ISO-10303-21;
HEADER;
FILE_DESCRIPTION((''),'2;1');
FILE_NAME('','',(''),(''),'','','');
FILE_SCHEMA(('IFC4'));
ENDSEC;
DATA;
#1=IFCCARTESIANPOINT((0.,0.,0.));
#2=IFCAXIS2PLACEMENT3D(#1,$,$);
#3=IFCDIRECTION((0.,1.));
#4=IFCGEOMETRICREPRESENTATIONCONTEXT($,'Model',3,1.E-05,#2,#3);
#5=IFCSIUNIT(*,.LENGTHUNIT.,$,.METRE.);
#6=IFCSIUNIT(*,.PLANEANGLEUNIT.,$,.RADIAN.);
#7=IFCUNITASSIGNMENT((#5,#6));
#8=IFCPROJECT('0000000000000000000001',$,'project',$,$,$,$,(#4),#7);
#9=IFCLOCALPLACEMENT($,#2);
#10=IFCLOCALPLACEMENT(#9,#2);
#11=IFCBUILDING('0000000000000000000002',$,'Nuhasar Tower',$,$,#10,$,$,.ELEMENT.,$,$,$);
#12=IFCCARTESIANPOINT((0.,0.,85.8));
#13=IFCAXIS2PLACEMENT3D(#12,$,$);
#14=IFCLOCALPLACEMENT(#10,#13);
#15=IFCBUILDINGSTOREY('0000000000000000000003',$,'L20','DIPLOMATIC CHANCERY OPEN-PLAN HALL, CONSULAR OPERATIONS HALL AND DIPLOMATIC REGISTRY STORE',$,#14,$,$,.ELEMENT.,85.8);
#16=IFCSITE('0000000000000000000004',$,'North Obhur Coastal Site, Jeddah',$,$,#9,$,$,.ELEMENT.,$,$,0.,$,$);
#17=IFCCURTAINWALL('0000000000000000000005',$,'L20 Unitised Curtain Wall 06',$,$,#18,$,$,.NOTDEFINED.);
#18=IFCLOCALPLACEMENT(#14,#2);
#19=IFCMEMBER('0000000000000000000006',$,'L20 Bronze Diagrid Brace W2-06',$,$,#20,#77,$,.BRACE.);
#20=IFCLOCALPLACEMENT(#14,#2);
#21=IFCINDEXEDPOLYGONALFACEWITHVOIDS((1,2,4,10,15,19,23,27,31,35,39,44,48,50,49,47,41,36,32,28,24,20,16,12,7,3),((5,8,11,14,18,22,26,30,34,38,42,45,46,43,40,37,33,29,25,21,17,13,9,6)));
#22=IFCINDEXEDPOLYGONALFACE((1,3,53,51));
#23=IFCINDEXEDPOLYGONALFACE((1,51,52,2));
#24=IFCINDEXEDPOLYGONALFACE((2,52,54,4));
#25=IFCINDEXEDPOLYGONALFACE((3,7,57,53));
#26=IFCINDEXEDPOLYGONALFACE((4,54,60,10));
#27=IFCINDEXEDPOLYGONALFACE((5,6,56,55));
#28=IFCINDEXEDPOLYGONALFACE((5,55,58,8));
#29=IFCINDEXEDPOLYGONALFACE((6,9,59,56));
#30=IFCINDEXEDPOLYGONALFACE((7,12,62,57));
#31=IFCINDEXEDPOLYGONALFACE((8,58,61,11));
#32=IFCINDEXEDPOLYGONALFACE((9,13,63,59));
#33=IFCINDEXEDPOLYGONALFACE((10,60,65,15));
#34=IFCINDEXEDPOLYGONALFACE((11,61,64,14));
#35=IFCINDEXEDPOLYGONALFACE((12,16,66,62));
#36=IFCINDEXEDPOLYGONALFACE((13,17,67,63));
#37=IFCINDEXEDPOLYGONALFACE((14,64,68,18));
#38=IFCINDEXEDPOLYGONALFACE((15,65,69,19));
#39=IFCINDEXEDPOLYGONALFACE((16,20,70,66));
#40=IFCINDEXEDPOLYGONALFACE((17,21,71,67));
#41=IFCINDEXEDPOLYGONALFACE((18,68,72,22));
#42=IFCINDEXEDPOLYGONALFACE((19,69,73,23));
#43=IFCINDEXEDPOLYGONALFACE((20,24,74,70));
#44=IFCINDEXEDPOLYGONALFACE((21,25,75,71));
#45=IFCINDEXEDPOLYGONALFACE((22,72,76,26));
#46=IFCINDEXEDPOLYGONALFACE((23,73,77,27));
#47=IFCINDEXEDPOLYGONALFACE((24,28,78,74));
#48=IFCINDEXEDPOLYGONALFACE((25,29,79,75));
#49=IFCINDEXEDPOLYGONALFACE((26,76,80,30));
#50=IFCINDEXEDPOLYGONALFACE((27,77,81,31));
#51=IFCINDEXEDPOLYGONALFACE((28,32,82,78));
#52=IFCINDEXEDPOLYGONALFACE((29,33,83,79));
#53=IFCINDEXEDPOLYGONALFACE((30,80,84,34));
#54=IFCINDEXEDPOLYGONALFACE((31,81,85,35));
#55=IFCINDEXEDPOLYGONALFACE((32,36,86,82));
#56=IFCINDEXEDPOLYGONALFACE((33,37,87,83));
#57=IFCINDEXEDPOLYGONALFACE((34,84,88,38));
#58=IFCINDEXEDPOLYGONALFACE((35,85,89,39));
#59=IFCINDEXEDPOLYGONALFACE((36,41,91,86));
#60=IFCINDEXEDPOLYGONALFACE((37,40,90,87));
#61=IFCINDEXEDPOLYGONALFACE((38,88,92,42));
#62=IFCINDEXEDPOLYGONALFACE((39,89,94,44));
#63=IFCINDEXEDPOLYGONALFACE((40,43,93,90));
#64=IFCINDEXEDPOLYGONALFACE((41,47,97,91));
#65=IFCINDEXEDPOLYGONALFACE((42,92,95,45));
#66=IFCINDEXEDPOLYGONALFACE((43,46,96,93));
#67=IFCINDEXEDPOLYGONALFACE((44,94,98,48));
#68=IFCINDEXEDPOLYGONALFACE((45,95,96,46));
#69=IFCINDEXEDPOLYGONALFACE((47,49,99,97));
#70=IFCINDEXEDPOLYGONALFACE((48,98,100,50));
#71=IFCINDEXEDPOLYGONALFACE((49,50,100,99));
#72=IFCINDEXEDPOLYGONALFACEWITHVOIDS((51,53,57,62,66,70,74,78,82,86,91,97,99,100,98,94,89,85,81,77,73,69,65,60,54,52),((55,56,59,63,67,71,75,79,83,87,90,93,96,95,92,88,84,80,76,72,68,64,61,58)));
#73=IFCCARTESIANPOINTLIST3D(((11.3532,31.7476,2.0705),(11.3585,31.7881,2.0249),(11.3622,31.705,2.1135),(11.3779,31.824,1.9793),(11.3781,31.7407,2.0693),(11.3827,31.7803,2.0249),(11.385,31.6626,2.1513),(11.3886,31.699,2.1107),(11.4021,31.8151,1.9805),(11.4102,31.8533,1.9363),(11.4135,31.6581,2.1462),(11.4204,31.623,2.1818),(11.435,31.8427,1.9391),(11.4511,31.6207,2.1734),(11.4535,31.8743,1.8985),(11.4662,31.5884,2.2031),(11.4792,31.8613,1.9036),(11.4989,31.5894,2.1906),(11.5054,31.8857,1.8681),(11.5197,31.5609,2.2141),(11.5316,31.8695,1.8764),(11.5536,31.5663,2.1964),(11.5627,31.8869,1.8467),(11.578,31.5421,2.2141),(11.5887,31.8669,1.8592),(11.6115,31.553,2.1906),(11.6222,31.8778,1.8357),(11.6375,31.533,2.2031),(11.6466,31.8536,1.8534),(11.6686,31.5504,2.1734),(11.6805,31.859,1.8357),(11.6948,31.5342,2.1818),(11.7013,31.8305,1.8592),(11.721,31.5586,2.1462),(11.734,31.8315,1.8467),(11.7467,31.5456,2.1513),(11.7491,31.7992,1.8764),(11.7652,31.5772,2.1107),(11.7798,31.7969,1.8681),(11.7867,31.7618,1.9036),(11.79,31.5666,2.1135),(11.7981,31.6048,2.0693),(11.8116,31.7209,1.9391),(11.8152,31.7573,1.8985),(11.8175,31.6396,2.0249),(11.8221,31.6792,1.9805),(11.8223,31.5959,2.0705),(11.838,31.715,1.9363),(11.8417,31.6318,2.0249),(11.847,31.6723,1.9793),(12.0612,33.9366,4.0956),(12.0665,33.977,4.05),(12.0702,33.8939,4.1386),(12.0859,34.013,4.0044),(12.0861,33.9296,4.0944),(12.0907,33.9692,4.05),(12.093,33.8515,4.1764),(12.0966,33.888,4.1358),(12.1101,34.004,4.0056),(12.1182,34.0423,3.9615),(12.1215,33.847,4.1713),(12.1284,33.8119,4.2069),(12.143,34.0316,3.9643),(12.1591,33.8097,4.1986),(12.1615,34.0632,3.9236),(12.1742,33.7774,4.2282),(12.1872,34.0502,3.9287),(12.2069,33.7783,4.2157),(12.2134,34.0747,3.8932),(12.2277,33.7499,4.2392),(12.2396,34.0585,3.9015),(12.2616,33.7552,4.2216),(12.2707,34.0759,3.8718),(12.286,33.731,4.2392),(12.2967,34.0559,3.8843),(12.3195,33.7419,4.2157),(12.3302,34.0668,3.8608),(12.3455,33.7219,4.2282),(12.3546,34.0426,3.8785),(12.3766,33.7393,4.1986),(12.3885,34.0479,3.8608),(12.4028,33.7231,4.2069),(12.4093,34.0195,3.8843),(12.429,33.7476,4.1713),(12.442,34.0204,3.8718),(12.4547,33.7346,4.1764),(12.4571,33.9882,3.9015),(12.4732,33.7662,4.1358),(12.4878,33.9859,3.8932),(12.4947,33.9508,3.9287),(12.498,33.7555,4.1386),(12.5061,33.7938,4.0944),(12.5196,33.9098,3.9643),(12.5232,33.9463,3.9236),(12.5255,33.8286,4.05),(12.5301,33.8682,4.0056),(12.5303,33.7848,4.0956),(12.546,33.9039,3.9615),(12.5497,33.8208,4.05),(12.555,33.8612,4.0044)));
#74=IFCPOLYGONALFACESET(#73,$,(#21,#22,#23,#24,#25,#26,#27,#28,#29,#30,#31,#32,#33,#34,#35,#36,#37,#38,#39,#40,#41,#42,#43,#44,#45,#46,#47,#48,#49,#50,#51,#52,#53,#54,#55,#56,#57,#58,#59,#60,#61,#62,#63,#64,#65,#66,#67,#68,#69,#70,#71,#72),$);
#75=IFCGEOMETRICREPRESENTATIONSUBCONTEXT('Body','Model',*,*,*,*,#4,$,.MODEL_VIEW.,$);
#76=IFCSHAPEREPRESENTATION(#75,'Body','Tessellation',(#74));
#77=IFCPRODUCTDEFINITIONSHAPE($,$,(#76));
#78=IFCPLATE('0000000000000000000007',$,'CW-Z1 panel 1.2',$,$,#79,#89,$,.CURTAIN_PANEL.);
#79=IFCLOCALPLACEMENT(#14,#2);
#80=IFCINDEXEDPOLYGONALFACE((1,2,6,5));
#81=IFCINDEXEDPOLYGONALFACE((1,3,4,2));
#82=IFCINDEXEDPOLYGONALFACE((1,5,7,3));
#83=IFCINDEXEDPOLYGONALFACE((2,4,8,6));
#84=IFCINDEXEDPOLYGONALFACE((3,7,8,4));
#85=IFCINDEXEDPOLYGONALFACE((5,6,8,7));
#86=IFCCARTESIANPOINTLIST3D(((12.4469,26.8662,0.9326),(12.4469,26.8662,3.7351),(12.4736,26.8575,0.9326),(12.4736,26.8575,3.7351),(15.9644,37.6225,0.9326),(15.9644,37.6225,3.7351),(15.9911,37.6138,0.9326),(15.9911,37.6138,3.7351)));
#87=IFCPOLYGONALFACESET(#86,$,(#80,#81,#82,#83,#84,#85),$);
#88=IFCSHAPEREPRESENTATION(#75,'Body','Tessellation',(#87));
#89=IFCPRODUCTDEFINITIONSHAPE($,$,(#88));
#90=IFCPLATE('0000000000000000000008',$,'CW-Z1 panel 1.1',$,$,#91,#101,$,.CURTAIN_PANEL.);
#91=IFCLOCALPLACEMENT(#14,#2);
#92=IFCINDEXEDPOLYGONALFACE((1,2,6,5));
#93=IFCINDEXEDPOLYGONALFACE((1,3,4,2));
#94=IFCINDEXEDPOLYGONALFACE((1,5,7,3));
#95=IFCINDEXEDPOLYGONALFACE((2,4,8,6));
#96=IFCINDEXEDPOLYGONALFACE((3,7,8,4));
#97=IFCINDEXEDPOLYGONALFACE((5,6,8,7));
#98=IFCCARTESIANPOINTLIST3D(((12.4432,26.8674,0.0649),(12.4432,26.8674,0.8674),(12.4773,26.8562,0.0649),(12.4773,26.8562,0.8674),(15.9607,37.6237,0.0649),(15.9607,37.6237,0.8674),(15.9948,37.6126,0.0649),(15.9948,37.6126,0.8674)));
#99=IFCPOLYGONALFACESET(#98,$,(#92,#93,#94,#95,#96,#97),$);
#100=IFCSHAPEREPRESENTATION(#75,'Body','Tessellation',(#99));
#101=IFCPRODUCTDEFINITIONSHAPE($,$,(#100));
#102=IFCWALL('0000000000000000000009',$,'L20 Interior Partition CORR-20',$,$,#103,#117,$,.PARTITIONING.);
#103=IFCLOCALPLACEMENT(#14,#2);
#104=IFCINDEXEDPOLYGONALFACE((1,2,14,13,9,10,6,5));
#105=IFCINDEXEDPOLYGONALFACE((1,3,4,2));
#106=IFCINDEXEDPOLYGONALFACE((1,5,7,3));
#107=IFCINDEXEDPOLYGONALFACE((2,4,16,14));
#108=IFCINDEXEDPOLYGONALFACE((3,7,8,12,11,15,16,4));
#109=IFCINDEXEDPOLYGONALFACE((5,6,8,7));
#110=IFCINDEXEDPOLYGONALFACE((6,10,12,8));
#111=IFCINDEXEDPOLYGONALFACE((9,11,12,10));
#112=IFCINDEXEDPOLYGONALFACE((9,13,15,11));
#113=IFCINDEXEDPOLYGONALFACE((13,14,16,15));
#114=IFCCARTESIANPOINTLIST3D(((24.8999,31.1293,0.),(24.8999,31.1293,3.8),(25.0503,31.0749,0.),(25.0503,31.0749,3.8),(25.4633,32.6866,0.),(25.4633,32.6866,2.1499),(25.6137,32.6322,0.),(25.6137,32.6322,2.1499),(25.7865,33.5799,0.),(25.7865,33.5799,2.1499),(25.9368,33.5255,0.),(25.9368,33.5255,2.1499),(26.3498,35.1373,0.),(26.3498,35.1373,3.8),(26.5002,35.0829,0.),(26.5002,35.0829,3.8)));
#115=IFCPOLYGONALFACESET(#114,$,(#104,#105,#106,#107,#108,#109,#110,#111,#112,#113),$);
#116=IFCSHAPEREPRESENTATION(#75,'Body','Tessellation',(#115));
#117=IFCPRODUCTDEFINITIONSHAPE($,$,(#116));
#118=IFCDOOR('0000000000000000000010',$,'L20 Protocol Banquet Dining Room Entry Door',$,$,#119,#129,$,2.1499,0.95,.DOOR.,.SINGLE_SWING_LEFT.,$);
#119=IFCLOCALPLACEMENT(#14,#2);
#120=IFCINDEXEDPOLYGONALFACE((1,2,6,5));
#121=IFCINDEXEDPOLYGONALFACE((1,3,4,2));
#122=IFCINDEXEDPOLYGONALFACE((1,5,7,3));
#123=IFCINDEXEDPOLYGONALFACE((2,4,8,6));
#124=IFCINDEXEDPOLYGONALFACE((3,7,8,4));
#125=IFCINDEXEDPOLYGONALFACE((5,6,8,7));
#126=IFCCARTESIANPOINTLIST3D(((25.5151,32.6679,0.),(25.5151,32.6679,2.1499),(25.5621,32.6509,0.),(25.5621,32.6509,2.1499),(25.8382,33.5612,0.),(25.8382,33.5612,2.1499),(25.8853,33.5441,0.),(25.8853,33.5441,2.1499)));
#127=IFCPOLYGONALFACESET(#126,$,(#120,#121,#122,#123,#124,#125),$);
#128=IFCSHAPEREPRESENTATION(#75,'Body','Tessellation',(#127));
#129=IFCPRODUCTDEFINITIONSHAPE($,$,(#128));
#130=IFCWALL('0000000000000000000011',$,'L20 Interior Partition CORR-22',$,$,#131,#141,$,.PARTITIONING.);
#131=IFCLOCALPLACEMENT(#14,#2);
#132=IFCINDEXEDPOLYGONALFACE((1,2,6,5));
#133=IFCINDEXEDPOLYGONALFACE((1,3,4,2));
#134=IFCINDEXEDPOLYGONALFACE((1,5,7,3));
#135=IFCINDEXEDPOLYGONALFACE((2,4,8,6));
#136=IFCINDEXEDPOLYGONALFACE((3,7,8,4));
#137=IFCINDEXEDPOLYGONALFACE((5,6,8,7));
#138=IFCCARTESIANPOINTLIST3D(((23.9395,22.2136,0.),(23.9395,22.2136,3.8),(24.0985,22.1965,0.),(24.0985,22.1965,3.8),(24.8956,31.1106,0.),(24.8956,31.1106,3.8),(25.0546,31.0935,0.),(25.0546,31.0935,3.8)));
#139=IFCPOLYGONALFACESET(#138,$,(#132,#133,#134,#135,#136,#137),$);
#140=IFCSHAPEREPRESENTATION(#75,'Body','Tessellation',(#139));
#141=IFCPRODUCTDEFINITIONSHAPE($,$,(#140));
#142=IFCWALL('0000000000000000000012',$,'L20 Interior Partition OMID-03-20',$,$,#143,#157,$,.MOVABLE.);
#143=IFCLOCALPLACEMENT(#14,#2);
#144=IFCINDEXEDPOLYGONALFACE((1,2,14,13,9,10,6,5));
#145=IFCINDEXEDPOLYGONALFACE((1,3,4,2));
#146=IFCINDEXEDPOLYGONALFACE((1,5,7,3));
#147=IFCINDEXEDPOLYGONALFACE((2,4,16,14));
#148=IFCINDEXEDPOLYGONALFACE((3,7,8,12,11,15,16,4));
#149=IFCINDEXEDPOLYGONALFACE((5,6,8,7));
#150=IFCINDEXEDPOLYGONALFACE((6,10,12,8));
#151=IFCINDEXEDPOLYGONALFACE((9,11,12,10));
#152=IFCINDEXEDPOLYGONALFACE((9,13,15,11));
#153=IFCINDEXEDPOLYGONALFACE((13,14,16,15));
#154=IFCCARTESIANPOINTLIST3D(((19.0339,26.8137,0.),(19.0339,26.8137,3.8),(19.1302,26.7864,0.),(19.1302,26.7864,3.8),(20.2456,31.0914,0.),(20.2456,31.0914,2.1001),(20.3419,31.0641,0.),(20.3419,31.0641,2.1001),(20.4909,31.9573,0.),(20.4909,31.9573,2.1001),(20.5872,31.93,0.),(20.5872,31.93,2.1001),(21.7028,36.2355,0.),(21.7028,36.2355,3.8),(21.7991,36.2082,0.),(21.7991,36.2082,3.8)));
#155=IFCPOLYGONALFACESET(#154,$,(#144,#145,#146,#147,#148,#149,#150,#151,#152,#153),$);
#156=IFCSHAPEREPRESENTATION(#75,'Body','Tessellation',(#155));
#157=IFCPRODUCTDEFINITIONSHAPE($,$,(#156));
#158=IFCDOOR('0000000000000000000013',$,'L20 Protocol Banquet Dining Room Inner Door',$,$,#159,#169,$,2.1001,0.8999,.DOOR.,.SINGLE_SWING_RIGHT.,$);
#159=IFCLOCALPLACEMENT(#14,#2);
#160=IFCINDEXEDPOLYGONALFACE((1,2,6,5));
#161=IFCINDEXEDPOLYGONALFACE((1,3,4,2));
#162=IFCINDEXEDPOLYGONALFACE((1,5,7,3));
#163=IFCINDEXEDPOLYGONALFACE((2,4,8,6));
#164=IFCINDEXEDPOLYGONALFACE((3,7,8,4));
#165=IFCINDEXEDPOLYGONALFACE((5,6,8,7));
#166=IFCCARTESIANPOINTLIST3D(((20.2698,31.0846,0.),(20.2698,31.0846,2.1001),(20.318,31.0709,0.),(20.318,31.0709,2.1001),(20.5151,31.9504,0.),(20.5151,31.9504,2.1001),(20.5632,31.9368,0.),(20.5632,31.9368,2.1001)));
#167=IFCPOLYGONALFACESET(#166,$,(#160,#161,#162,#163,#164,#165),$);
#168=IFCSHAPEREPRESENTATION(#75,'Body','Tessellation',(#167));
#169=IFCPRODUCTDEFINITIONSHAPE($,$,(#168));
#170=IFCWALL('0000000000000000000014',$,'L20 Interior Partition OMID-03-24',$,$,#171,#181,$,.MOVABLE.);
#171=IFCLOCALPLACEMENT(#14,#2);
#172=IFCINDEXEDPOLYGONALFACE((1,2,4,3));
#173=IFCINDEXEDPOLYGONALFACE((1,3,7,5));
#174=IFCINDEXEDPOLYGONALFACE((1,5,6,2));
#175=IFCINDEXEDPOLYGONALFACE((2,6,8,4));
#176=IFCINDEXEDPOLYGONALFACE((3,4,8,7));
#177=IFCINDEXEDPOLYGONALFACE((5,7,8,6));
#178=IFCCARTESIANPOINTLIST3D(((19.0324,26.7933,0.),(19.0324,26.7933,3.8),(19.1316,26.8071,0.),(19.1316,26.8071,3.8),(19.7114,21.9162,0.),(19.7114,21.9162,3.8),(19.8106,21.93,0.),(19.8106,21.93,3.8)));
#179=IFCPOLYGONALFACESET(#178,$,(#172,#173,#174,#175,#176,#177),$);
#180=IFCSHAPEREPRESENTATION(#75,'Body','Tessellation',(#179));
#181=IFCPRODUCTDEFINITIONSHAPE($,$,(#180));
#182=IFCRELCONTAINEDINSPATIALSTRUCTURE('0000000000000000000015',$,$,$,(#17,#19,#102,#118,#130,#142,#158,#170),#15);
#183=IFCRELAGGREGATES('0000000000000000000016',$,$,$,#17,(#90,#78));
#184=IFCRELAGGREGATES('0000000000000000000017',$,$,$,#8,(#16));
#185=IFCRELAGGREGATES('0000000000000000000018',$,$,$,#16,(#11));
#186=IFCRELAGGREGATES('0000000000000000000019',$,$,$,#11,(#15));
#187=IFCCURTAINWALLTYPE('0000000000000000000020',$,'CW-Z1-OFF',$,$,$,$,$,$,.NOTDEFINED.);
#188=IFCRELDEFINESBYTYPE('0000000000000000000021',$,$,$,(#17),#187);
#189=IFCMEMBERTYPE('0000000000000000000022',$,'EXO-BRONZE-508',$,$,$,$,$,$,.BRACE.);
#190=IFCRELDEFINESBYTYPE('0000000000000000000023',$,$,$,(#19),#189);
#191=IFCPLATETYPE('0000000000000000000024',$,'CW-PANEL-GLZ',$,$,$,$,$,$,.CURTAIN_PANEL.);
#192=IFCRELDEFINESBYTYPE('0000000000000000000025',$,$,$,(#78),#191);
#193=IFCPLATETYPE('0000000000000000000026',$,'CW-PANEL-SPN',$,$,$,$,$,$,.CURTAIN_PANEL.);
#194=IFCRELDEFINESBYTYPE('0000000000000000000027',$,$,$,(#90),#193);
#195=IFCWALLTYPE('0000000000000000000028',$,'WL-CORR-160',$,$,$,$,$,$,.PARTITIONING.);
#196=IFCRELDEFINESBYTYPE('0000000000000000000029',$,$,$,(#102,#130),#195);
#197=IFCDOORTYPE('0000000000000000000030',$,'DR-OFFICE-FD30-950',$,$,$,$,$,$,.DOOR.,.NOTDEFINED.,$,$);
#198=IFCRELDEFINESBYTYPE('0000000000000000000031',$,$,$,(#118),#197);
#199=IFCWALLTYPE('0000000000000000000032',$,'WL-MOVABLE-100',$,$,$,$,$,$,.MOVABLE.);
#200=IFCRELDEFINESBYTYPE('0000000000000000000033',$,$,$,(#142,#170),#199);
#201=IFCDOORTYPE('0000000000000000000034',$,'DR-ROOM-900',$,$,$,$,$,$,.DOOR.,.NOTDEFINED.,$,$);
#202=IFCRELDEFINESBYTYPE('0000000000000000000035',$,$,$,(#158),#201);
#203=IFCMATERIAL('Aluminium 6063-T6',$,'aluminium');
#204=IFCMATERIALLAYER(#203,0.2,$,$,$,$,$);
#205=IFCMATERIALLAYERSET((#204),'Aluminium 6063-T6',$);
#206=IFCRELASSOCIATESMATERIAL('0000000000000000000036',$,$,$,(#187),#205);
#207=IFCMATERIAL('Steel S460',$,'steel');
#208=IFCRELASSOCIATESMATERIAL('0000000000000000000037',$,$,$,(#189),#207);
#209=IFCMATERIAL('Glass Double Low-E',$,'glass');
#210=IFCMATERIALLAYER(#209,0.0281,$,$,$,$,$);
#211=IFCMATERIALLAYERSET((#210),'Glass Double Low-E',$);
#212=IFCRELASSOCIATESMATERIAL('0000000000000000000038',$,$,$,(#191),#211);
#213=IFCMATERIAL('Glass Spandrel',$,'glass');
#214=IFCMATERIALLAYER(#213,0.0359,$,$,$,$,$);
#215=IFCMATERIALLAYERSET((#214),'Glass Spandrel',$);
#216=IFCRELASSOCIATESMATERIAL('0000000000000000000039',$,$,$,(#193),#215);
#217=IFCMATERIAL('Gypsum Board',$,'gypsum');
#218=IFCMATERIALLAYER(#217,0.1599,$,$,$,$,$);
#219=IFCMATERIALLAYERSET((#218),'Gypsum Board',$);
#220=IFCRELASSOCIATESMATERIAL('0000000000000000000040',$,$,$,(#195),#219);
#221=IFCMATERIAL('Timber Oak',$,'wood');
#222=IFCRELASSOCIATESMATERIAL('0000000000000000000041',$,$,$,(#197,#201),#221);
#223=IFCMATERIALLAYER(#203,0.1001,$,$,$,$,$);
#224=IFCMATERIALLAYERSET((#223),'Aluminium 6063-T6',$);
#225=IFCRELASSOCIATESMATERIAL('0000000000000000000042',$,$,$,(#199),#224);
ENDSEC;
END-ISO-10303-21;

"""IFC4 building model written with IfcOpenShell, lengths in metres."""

from ifc_helpers import new_model, si_unit, direction, frame, frame_2d, origin, origin_2d, place, context, subcontext, project, spatial, rectangle, hollow_circle, extrude, material, layer, layer_set, material_profile, profile_set, type_object, element, fill, aggregate, save


model = new_model("IFC4")

# Units and contexts
model_context = context("Model", 3, precision=1e-05, world=origin(), true_north=direction((0.0, 1.0)))
body_context = subcontext(model_context, "Body", "Model", "MODEL_VIEW")
ifc_project = project(units=[si_unit("LENGTHUNIT", "METRE"), si_unit("PLANEANGLEUNIT", "RADIAN")], contexts=[model_context])

# Site, building, storey
site_placement = place(None, origin())
site = spatial("IfcSite", under=ifc_project, at=site_placement, Name="North Obhur Coastal Site, Jeddah", CompositionType="ELEMENT", RefElevation=0.0)
building_placement = place(site_placement, origin())
building = spatial("IfcBuilding", under=site, at=building_placement, Name="Nuhasar Tower", CompositionType="ELEMENT")
storey_placement = place(building_placement, frame((0.0, 0.0, 85.8)))
storey = spatial("IfcBuildingStorey", under=building, at=storey_placement, Name="L20", Description="DIPLOMATIC CHANCERY OPEN-PLAN HALL, CONSULAR OPERATIONS HALL AND DIPLOMATIC REGISTRY STORE", CompositionType="ELEMENT", Elevation=85.8)

# Curtain wall
ifc_material_1 = material(Name="Aluminium 6063-T6", Category="aluminium")
ifc_layer_1 = layer(ifc_material_1, 0.2)
ifc_layer_set_1 = layer_set([ifc_layer_1], Name="Aluminium 6063-T6")
curtain_wall_type = type_object("IfcCurtainWallType", Name="CW-Z1-OFF", PredefinedType="NOTDEFINED", material=ifc_layer_set_1)
curtain_wall_placement = place(storey_placement, origin())
curtain_wall = element("IfcCurtainWall", 1, at=curtain_wall_placement, inside=storey, type_object=curtain_wall_type, Name="L20 Unitised Curtain Wall 06", PredefinedType="NOTDEFINED")

# Member
ifc_material_2 = material(Name="Steel S460", Category="steel")
ifc_material_profile_1 = material_profile(ifc_material_2, hollow_circle(Radius=0.2539, WallThickness=0.0254, at=origin_2d()), Name="HSS508X25.4")
ifc_profile_set_1 = profile_set([ifc_material_profile_1], Name="Steel S460")
member_type_1 = type_object("IfcMemberType", Name="EXO-BRONZE-508", PredefinedType="BRACE", material=ifc_profile_set_1)
member_1_placement = place(storey_placement, frame((11.6001, 31.71, 2.0249), z_axis=(0.231, 0.714187, 0.660739), x_axis=(-0.951468, 0.307747, 0.0)))
element("IfcMember", 2, at=member_1_placement, inside=storey, type_object=member_type_1, Name="L20 Bronze Diagrid Brace W2-06", PredefinedType="BRACE", context=body_context, shape_type="SweptSolid", body=[
    extrude(hollow_circle(Radius=0.2539, WallThickness=0.0254, at=origin_2d()), origin(), (0.0, 0.0, 1.0), 3.0649),
])

# Plates
ifc_material_3 = material(Name="Glass Double Low-E", Category="glass")
ifc_layer_2 = layer(ifc_material_3, 0.0281)
ifc_layer_set_2 = layer_set([ifc_layer_2], Name="Glass Double Low-E")
plate_type_1 = type_object("IfcPlateType", Name="CW-PANEL-GLZ", PredefinedType="CURTAIN_PANEL", material=ifc_layer_set_2)
plate_1_placement = place(storey_placement, frame((14.219, 32.24, 0.9326), z_axis=(0.0, 0.0, 1.0), x_axis=(-0.310824, -0.950468, 0.0)))
plate_1 = element("IfcPlate", 3, at=plate_1_placement, type_object=plate_type_1, Name="CW-Z1 panel 1.2", PredefinedType="CURTAIN_PANEL", context=body_context, shape_type="SweptSolid", body=[
    extrude(rectangle(XDim=11.3169, YDim=0.0281, at=origin_2d()), origin(), (0.0, 0.0, 1.0), 2.8025),
])
ifc_material_4 = material(Name="Glass Spandrel", Category="glass")
ifc_layer_3 = layer(ifc_material_4, 0.0359)
ifc_layer_set_3 = layer_set([ifc_layer_3], Name="Glass Spandrel")
plate_type_2 = type_object("IfcPlateType", Name="CW-PANEL-SPN", PredefinedType="CURTAIN_PANEL", material=ifc_layer_set_3)
plate_2_placement = place(storey_placement, frame((14.219, 32.24, 0.0649), z_axis=(0.0, 0.0, 1.0), x_axis=(-0.310824, -0.950468, 0.0)))
plate_2 = element("IfcPlate", 4, at=plate_2_placement, type_object=plate_type_2, Name="CW-Z1 panel 1.1", PredefinedType="CURTAIN_PANEL", context=body_context, shape_type="SweptSolid", body=[
    extrude(rectangle(XDim=11.3169, YDim=0.0359, at=origin_2d()), origin(), (0.0, 0.0, 1.0), 0.8025),
])
aggregate(curtain_wall, [plate_2, plate_1])

# Wall, opening, door
ifc_material_5 = material(Name="Gypsum Board", Category="gypsum")
ifc_layer_4 = layer(ifc_material_5, 0.1599)
ifc_layer_set_4 = layer_set([ifc_layer_4], Name="Gypsum Board")
wall_type_1 = type_object("IfcWallType", Name="WL-CORR-160", PredefinedType="PARTITIONING", material=ifc_layer_set_4)
wall_1_placement = place(storey_placement, frame((24.9751, 31.1021, 0.0), z_axis=(0.0, 0.0, 1.0), x_axis=(0.340184, 0.940359, 0.0)))
wall_1 = element("IfcWall", 5, at=wall_1_placement, inside=storey, type_object=wall_type_1, Name="L20 Interior Partition CORR-20", PredefinedType="PARTITIONING", context=body_context, shape_type="SweptSolid", body=[
    extrude(rectangle(XDim=4.2622, YDim=0.1599, at=frame_2d((2.1311, 0.0))), origin(), (0.0, 0.0, 1.0), 3.8),
])
opening_1_placement = place(wall_1_placement, frame((1.656, 0.0, 0.0)))
opening_1 = element("IfcOpeningElement", 6, at=opening_1_placement, cuts=wall_1, PredefinedType="OPENING", context=body_context, shape_type="SweptSolid", body=[
    extrude(rectangle(XDim=0.95, YDim=2.1499, at=frame_2d((0.4751, 1.075))), frame((0.0, 0.0898, 0.0), z_axis=(0.0, -1.0, 0.0), x_axis=(1.0, 0.0, 0.0)), (0.0, 0.0, 1.0), 0.1799),
])
ifc_material_6 = material(Name="Timber Oak", Category="wood")
door_type_1 = type_object("IfcDoorType", Name="DR-OFFICE-FD30-950", OperationType="NOTDEFINED", PredefinedType="DOOR", material=ifc_material_6)
door_1_placement = place(opening_1_placement, origin())
door_1 = element("IfcDoor", 7, at=door_1_placement, inside=storey, type_object=door_type_1, Name="L20 Protocol Banquet Dining Room Entry Door", OperationType="SINGLE_SWING_LEFT", OverallHeight=2.1499, OverallWidth=0.95, PredefinedType="DOOR", context=body_context, shape_type="SweptSolid", body=[
    extrude(rectangle(XDim=0.95, YDim=2.1499, at=frame_2d((0.4751, 1.075))), frame((0.0, 0.0249, 0.0), z_axis=(0.0, -1.0, 0.0), x_axis=(1.0, 0.0, 0.0)), (0.0, 0.0, 1.0), 0.05),
])
fill(opening_1, door_1)

# Wall
wall_2_placement = place(storey_placement, frame((24.9751, 31.1021, 0.0), z_axis=(0.0, 0.0, 1.0), x_axis=(-0.106843, -0.994276, 0.0)))
element("IfcWall", 8, at=wall_2_placement, inside=storey, type_object=wall_type_1, Name="L20 Interior Partition CORR-22", PredefinedType="PARTITIONING", context=body_context, shape_type="SweptSolid", body=[
    extrude(rectangle(XDim=8.9482, YDim=0.1599, at=frame_2d((4.4741, 0.0))), origin(), (0.0, 0.0, 1.0), 3.8),
])

# Wall, opening, door
ifc_layer_5 = layer(ifc_material_1, 0.1001)
ifc_layer_set_5 = layer_set([ifc_layer_5], Name="Aluminium 6063-T6")
wall_type_2 = type_object("IfcWallType", Name="WL-MOVABLE-100", PredefinedType="MOVABLE", material=ifc_layer_set_5)
wall_3_placement = place(storey_placement, frame((19.082, 26.8, 0.0), z_axis=(0.0, 0.0, 1.0), x_axis=(0.272547, 0.962142, 0.0)))
wall_3 = element("IfcWall", 9, at=wall_3_placement, inside=storey, type_object=wall_type_2, Name="L20 Interior Partition OMID-03-20", PredefinedType="MOVABLE", context=body_context, shape_type="SweptSolid", body=[
    extrude(rectangle(XDim=9.7925, YDim=0.1001, at=frame_2d((4.8962, 0.0))), origin(), (0.0, 0.0, 1.0), 3.8),
])
opening_2_placement = place(wall_3_placement, frame((4.446, 0.0, 0.0)))
opening_2 = element("IfcOpeningElement", 10, at=opening_2_placement, cuts=wall_3, PredefinedType="OPENING", context=body_context, shape_type="SweptSolid", body=[
    extrude(rectangle(XDim=0.8999, YDim=2.1001, at=frame_2d((0.45, 1.05))), frame((0.0, 0.0601, 0.0), z_axis=(0.0, -1.0, 0.0), x_axis=(1.0, 0.0, 0.0)), (0.0, 0.0, 1.0), 0.1201),
])
door_type_2 = type_object("IfcDoorType", Name="DR-ROOM-900", OperationType="NOTDEFINED", PredefinedType="DOOR", material=ifc_material_6)
door_2_placement = place(opening_2_placement, origin())
door_2 = element("IfcDoor", 11, at=door_2_placement, inside=storey, type_object=door_type_2, Name="L20 Protocol Banquet Dining Room Inner Door", OperationType="SINGLE_SWING_RIGHT", OverallHeight=2.1001, OverallWidth=0.8999, PredefinedType="DOOR", context=body_context, shape_type="SweptSolid", body=[
    extrude(rectangle(XDim=0.8999, YDim=2.1001, at=frame_2d((0.45, 1.05))), frame((0.0, 0.0249, 0.0), z_axis=(0.0, -1.0, 0.0), x_axis=(1.0, 0.0, 0.0)), (0.0, 0.0, 1.0), 0.05),
])
fill(opening_2, door_2)

# Wall
wall_4_placement = place(storey_placement, frame((19.082, 26.8, 0.0), z_axis=(0.0, 0.0, 1.0), x_axis=(0.137887, -0.990448, 0.0)))
element("IfcWall", 12, at=wall_4_placement, inside=storey, type_object=wall_type_2, Name="L20 Interior Partition OMID-03-24", PredefinedType="MOVABLE", context=body_context, shape_type="SweptSolid", body=[
    extrude(rectangle(XDim=4.9241, YDim=0.1001, at=frame_2d((2.4619, 0.0))), origin(), (0.0, 0.0, 1.0), 3.8),
])

save(model, "model.ifc")
